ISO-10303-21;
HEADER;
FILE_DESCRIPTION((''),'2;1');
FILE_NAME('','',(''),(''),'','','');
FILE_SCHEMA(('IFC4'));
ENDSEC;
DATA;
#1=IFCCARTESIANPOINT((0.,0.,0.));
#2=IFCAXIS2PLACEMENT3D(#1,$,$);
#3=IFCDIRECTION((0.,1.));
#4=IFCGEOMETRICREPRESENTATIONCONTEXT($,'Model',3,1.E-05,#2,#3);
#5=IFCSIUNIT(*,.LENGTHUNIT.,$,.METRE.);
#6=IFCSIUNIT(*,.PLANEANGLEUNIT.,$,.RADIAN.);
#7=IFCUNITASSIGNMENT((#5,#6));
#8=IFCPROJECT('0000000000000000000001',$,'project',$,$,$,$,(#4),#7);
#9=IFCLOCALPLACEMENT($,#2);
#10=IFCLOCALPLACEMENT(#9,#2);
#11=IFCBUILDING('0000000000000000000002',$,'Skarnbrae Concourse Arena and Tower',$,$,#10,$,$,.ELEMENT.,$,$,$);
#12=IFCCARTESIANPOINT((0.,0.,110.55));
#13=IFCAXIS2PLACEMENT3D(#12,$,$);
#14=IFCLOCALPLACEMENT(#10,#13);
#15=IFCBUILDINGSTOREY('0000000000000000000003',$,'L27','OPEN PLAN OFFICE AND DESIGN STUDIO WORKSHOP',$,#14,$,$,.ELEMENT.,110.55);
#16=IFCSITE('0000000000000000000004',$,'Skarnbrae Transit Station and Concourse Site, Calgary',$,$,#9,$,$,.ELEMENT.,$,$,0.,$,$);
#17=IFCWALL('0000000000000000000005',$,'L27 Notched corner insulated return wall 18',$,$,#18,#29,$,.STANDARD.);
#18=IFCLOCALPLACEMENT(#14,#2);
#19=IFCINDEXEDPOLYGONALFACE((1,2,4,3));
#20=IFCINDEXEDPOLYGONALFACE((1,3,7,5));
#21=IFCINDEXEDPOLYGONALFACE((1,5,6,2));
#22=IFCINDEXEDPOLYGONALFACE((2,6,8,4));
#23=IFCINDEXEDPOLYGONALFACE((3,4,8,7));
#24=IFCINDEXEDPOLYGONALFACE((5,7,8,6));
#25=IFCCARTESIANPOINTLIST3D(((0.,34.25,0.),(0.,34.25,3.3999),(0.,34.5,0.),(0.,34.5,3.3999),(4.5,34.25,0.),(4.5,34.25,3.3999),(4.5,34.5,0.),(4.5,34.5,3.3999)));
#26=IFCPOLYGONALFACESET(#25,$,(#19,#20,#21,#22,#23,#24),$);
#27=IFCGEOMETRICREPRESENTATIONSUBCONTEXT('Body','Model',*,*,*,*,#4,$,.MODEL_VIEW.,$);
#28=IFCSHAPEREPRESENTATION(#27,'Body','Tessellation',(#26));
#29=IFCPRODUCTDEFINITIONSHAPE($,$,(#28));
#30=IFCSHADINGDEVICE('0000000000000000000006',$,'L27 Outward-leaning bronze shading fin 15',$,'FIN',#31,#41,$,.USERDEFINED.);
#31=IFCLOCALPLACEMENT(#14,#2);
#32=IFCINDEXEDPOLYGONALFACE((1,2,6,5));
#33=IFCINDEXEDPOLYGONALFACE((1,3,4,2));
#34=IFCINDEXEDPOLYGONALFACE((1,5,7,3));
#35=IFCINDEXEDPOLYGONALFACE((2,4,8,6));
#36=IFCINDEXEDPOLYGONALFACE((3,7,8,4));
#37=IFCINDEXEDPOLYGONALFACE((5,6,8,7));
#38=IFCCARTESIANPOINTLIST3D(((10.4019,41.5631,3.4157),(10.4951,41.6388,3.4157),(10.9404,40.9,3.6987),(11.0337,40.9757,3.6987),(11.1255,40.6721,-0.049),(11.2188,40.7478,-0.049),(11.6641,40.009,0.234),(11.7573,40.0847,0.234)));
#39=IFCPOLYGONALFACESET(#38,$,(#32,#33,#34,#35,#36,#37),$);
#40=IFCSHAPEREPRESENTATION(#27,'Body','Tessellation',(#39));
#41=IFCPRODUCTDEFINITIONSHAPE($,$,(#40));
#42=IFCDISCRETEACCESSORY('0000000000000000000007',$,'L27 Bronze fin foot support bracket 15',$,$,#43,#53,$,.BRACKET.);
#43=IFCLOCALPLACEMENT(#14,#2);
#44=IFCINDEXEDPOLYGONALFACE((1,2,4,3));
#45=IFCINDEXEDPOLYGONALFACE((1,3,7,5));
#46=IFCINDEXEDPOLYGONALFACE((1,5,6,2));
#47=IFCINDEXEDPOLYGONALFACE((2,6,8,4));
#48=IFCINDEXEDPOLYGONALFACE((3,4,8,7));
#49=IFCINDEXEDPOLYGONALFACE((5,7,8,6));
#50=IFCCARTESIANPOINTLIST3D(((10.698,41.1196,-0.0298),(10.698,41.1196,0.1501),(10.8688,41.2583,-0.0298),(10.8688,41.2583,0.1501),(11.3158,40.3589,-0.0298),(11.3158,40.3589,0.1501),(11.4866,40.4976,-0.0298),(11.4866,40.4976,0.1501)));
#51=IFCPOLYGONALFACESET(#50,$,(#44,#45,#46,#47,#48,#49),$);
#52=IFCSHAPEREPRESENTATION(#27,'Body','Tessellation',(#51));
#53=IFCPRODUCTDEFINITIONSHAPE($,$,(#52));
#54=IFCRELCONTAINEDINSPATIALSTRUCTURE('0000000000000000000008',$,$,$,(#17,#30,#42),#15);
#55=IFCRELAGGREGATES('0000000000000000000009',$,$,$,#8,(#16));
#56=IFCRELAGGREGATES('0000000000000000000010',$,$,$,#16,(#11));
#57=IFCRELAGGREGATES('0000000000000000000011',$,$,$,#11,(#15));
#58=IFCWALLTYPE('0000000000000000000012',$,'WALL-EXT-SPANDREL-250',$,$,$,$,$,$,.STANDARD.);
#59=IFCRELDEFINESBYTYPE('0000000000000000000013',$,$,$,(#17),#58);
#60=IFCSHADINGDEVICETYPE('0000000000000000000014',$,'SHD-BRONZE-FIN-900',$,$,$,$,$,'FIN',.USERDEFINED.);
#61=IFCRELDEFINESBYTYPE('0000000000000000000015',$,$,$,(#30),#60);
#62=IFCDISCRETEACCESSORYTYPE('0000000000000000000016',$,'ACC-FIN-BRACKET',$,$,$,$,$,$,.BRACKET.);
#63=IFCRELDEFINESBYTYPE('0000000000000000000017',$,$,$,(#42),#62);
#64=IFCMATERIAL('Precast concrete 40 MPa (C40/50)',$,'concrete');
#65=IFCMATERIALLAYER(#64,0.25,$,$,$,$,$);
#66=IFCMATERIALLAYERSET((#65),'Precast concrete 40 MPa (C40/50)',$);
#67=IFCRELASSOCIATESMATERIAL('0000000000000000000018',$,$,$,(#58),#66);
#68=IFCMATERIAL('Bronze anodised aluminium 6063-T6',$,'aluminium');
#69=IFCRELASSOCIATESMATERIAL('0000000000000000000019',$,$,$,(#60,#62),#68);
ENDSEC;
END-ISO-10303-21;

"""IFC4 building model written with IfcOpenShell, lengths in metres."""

from ifc_helpers import new_model, si_unit, direction, frame, frame_2d, origin, origin_2d, place, context, subcontext, project, spatial, rectangle, extrude, source, transform, mapped, material, layer, layer_set, type_object, element, save


model = new_model("IFC4")

# Units and contexts
model_context = context("Model", 3, precision=1e-05, world=origin(), true_north=direction((0.0, 1.0)))
body_context = subcontext(model_context, "Body", "Model", "MODEL_VIEW")
ifc_project = project(units=[si_unit("LENGTHUNIT", "METRE"), si_unit("PLANEANGLEUNIT", "RADIAN")], contexts=[model_context])

# Site, building, storey
site_placement = place(None, origin())
site = spatial("IfcSite", under=ifc_project, at=site_placement, Name="Skarnbrae Transit Station and Concourse Site, Calgary", CompositionType="ELEMENT", RefElevation=0.0)
building_placement = place(site_placement, origin())
building = spatial("IfcBuilding", under=site, at=building_placement, Name="Skarnbrae Concourse Arena and Tower", CompositionType="ELEMENT")
storey_placement = place(building_placement, frame((0.0, 0.0, 110.55)))
storey = spatial("IfcBuildingStorey", under=building, at=storey_placement, Name="L27", Description="OPEN PLAN OFFICE AND DESIGN STUDIO WORKSHOP", CompositionType="ELEMENT", Elevation=110.55)

# Shared definitions
ifc_material_1 = material(Name="Bronze anodised aluminium 6063-T6", Category="aluminium")

# Wall
ifc_material_2 = material(Name="Precast concrete 40 MPa (C40/50)", Category="concrete")
ifc_layer_1 = layer(ifc_material_2, 0.25)
ifc_layer_set_1 = layer_set([ifc_layer_1], Name="Precast concrete 40 MPa (C40/50)")
wall_type = type_object("IfcWallType", Name="WALL-EXT-SPANDREL-250", PredefinedType="STANDARD", material=ifc_layer_set_1)
shared_shape_1 = source(origin(), body_context, "Body", "SweptSolid", [
    extrude(rectangle(XDim=4.5, YDim=0.25, at=frame_2d((2.25, 0.0))), origin(), (0.0, 0.0, 1.0), 3.3999),
])
for number, where, z_axis, x_axis, name in (
    (1, (4.5, 34.375, 0.0), (0.0, 0.0, 1.0), (-1.0, 0.0, 0.0), "L27 Notched corner insulated return wall 18"),
):
    element("IfcWall", number, at=place(storey_placement, frame(where, z_axis=z_axis, x_axis=x_axis)), inside=storey, type_object=wall_type, Name=name, PredefinedType="STANDARD", context=body_context, shape_type="MappedRepresentation", body=[
        mapped(shared_shape_1, transform((0.0, 0.0, 0.0))),
    ])

# Shading device
shading_device_type = type_object("IfcShadingDeviceType", Name="SHD-BRONZE-FIN-900", ElementType="FIN", PredefinedType="USERDEFINED", material=ifc_material_1)
shared_shape_2 = source(origin(), body_context, "Body", "SweptSolid", [
    extrude(rectangle(XDim=0.1201, YDim=0.8999, at=origin_2d()), origin(), (0.0, 0.0, 1.0), 3.6499),
])
shading_device_placement = place(storey_placement, frame((11.4414, 40.3784, 0.0925), z_axis=(-0.198264, 0.244121, 0.949261), x_axis=(0.776245, 0.630432, 0.0)))
element("IfcShadingDevice", 2, at=shading_device_placement, inside=storey, type_object=shading_device_type, Name="L27 Outward-leaning bronze shading fin 15", ObjectType="FIN", PredefinedType="USERDEFINED", context=body_context, shape_type="MappedRepresentation", body=[
    mapped(shared_shape_2, transform((0.0, 0.0, 0.0))),
])

# Discrete accessory
discrete_accessory_type = type_object("IfcDiscreteAccessoryType", Name="ACC-FIN-BRACKET", PredefinedType="BRACKET", material=ifc_material_1)
shared_shape_3 = source(origin(), body_context, "Body", "SweptSolid", [
    extrude(rectangle(XDim=0.22, YDim=0.98, at=origin_2d()), origin(), (0.0, 0.0, 1.0), 0.1799),
])
discrete_accessory_placement = place(storey_placement, frame((11.0923, 40.8086, -0.0298), z_axis=(0.0, 0.0, 1.0), x_axis=(0.776245, 0.630432, 0.0)))
element("IfcDiscreteAccessory", 3, at=discrete_accessory_placement, inside=storey, type_object=discrete_accessory_type, Name="L27 Bronze fin foot support bracket 15", PredefinedType="BRACKET", context=body_context, shape_type="MappedRepresentation", body=[
    mapped(shared_shape_3, transform((0.0, 0.0, 0.0))),
])

save(model, "model.ifc")
